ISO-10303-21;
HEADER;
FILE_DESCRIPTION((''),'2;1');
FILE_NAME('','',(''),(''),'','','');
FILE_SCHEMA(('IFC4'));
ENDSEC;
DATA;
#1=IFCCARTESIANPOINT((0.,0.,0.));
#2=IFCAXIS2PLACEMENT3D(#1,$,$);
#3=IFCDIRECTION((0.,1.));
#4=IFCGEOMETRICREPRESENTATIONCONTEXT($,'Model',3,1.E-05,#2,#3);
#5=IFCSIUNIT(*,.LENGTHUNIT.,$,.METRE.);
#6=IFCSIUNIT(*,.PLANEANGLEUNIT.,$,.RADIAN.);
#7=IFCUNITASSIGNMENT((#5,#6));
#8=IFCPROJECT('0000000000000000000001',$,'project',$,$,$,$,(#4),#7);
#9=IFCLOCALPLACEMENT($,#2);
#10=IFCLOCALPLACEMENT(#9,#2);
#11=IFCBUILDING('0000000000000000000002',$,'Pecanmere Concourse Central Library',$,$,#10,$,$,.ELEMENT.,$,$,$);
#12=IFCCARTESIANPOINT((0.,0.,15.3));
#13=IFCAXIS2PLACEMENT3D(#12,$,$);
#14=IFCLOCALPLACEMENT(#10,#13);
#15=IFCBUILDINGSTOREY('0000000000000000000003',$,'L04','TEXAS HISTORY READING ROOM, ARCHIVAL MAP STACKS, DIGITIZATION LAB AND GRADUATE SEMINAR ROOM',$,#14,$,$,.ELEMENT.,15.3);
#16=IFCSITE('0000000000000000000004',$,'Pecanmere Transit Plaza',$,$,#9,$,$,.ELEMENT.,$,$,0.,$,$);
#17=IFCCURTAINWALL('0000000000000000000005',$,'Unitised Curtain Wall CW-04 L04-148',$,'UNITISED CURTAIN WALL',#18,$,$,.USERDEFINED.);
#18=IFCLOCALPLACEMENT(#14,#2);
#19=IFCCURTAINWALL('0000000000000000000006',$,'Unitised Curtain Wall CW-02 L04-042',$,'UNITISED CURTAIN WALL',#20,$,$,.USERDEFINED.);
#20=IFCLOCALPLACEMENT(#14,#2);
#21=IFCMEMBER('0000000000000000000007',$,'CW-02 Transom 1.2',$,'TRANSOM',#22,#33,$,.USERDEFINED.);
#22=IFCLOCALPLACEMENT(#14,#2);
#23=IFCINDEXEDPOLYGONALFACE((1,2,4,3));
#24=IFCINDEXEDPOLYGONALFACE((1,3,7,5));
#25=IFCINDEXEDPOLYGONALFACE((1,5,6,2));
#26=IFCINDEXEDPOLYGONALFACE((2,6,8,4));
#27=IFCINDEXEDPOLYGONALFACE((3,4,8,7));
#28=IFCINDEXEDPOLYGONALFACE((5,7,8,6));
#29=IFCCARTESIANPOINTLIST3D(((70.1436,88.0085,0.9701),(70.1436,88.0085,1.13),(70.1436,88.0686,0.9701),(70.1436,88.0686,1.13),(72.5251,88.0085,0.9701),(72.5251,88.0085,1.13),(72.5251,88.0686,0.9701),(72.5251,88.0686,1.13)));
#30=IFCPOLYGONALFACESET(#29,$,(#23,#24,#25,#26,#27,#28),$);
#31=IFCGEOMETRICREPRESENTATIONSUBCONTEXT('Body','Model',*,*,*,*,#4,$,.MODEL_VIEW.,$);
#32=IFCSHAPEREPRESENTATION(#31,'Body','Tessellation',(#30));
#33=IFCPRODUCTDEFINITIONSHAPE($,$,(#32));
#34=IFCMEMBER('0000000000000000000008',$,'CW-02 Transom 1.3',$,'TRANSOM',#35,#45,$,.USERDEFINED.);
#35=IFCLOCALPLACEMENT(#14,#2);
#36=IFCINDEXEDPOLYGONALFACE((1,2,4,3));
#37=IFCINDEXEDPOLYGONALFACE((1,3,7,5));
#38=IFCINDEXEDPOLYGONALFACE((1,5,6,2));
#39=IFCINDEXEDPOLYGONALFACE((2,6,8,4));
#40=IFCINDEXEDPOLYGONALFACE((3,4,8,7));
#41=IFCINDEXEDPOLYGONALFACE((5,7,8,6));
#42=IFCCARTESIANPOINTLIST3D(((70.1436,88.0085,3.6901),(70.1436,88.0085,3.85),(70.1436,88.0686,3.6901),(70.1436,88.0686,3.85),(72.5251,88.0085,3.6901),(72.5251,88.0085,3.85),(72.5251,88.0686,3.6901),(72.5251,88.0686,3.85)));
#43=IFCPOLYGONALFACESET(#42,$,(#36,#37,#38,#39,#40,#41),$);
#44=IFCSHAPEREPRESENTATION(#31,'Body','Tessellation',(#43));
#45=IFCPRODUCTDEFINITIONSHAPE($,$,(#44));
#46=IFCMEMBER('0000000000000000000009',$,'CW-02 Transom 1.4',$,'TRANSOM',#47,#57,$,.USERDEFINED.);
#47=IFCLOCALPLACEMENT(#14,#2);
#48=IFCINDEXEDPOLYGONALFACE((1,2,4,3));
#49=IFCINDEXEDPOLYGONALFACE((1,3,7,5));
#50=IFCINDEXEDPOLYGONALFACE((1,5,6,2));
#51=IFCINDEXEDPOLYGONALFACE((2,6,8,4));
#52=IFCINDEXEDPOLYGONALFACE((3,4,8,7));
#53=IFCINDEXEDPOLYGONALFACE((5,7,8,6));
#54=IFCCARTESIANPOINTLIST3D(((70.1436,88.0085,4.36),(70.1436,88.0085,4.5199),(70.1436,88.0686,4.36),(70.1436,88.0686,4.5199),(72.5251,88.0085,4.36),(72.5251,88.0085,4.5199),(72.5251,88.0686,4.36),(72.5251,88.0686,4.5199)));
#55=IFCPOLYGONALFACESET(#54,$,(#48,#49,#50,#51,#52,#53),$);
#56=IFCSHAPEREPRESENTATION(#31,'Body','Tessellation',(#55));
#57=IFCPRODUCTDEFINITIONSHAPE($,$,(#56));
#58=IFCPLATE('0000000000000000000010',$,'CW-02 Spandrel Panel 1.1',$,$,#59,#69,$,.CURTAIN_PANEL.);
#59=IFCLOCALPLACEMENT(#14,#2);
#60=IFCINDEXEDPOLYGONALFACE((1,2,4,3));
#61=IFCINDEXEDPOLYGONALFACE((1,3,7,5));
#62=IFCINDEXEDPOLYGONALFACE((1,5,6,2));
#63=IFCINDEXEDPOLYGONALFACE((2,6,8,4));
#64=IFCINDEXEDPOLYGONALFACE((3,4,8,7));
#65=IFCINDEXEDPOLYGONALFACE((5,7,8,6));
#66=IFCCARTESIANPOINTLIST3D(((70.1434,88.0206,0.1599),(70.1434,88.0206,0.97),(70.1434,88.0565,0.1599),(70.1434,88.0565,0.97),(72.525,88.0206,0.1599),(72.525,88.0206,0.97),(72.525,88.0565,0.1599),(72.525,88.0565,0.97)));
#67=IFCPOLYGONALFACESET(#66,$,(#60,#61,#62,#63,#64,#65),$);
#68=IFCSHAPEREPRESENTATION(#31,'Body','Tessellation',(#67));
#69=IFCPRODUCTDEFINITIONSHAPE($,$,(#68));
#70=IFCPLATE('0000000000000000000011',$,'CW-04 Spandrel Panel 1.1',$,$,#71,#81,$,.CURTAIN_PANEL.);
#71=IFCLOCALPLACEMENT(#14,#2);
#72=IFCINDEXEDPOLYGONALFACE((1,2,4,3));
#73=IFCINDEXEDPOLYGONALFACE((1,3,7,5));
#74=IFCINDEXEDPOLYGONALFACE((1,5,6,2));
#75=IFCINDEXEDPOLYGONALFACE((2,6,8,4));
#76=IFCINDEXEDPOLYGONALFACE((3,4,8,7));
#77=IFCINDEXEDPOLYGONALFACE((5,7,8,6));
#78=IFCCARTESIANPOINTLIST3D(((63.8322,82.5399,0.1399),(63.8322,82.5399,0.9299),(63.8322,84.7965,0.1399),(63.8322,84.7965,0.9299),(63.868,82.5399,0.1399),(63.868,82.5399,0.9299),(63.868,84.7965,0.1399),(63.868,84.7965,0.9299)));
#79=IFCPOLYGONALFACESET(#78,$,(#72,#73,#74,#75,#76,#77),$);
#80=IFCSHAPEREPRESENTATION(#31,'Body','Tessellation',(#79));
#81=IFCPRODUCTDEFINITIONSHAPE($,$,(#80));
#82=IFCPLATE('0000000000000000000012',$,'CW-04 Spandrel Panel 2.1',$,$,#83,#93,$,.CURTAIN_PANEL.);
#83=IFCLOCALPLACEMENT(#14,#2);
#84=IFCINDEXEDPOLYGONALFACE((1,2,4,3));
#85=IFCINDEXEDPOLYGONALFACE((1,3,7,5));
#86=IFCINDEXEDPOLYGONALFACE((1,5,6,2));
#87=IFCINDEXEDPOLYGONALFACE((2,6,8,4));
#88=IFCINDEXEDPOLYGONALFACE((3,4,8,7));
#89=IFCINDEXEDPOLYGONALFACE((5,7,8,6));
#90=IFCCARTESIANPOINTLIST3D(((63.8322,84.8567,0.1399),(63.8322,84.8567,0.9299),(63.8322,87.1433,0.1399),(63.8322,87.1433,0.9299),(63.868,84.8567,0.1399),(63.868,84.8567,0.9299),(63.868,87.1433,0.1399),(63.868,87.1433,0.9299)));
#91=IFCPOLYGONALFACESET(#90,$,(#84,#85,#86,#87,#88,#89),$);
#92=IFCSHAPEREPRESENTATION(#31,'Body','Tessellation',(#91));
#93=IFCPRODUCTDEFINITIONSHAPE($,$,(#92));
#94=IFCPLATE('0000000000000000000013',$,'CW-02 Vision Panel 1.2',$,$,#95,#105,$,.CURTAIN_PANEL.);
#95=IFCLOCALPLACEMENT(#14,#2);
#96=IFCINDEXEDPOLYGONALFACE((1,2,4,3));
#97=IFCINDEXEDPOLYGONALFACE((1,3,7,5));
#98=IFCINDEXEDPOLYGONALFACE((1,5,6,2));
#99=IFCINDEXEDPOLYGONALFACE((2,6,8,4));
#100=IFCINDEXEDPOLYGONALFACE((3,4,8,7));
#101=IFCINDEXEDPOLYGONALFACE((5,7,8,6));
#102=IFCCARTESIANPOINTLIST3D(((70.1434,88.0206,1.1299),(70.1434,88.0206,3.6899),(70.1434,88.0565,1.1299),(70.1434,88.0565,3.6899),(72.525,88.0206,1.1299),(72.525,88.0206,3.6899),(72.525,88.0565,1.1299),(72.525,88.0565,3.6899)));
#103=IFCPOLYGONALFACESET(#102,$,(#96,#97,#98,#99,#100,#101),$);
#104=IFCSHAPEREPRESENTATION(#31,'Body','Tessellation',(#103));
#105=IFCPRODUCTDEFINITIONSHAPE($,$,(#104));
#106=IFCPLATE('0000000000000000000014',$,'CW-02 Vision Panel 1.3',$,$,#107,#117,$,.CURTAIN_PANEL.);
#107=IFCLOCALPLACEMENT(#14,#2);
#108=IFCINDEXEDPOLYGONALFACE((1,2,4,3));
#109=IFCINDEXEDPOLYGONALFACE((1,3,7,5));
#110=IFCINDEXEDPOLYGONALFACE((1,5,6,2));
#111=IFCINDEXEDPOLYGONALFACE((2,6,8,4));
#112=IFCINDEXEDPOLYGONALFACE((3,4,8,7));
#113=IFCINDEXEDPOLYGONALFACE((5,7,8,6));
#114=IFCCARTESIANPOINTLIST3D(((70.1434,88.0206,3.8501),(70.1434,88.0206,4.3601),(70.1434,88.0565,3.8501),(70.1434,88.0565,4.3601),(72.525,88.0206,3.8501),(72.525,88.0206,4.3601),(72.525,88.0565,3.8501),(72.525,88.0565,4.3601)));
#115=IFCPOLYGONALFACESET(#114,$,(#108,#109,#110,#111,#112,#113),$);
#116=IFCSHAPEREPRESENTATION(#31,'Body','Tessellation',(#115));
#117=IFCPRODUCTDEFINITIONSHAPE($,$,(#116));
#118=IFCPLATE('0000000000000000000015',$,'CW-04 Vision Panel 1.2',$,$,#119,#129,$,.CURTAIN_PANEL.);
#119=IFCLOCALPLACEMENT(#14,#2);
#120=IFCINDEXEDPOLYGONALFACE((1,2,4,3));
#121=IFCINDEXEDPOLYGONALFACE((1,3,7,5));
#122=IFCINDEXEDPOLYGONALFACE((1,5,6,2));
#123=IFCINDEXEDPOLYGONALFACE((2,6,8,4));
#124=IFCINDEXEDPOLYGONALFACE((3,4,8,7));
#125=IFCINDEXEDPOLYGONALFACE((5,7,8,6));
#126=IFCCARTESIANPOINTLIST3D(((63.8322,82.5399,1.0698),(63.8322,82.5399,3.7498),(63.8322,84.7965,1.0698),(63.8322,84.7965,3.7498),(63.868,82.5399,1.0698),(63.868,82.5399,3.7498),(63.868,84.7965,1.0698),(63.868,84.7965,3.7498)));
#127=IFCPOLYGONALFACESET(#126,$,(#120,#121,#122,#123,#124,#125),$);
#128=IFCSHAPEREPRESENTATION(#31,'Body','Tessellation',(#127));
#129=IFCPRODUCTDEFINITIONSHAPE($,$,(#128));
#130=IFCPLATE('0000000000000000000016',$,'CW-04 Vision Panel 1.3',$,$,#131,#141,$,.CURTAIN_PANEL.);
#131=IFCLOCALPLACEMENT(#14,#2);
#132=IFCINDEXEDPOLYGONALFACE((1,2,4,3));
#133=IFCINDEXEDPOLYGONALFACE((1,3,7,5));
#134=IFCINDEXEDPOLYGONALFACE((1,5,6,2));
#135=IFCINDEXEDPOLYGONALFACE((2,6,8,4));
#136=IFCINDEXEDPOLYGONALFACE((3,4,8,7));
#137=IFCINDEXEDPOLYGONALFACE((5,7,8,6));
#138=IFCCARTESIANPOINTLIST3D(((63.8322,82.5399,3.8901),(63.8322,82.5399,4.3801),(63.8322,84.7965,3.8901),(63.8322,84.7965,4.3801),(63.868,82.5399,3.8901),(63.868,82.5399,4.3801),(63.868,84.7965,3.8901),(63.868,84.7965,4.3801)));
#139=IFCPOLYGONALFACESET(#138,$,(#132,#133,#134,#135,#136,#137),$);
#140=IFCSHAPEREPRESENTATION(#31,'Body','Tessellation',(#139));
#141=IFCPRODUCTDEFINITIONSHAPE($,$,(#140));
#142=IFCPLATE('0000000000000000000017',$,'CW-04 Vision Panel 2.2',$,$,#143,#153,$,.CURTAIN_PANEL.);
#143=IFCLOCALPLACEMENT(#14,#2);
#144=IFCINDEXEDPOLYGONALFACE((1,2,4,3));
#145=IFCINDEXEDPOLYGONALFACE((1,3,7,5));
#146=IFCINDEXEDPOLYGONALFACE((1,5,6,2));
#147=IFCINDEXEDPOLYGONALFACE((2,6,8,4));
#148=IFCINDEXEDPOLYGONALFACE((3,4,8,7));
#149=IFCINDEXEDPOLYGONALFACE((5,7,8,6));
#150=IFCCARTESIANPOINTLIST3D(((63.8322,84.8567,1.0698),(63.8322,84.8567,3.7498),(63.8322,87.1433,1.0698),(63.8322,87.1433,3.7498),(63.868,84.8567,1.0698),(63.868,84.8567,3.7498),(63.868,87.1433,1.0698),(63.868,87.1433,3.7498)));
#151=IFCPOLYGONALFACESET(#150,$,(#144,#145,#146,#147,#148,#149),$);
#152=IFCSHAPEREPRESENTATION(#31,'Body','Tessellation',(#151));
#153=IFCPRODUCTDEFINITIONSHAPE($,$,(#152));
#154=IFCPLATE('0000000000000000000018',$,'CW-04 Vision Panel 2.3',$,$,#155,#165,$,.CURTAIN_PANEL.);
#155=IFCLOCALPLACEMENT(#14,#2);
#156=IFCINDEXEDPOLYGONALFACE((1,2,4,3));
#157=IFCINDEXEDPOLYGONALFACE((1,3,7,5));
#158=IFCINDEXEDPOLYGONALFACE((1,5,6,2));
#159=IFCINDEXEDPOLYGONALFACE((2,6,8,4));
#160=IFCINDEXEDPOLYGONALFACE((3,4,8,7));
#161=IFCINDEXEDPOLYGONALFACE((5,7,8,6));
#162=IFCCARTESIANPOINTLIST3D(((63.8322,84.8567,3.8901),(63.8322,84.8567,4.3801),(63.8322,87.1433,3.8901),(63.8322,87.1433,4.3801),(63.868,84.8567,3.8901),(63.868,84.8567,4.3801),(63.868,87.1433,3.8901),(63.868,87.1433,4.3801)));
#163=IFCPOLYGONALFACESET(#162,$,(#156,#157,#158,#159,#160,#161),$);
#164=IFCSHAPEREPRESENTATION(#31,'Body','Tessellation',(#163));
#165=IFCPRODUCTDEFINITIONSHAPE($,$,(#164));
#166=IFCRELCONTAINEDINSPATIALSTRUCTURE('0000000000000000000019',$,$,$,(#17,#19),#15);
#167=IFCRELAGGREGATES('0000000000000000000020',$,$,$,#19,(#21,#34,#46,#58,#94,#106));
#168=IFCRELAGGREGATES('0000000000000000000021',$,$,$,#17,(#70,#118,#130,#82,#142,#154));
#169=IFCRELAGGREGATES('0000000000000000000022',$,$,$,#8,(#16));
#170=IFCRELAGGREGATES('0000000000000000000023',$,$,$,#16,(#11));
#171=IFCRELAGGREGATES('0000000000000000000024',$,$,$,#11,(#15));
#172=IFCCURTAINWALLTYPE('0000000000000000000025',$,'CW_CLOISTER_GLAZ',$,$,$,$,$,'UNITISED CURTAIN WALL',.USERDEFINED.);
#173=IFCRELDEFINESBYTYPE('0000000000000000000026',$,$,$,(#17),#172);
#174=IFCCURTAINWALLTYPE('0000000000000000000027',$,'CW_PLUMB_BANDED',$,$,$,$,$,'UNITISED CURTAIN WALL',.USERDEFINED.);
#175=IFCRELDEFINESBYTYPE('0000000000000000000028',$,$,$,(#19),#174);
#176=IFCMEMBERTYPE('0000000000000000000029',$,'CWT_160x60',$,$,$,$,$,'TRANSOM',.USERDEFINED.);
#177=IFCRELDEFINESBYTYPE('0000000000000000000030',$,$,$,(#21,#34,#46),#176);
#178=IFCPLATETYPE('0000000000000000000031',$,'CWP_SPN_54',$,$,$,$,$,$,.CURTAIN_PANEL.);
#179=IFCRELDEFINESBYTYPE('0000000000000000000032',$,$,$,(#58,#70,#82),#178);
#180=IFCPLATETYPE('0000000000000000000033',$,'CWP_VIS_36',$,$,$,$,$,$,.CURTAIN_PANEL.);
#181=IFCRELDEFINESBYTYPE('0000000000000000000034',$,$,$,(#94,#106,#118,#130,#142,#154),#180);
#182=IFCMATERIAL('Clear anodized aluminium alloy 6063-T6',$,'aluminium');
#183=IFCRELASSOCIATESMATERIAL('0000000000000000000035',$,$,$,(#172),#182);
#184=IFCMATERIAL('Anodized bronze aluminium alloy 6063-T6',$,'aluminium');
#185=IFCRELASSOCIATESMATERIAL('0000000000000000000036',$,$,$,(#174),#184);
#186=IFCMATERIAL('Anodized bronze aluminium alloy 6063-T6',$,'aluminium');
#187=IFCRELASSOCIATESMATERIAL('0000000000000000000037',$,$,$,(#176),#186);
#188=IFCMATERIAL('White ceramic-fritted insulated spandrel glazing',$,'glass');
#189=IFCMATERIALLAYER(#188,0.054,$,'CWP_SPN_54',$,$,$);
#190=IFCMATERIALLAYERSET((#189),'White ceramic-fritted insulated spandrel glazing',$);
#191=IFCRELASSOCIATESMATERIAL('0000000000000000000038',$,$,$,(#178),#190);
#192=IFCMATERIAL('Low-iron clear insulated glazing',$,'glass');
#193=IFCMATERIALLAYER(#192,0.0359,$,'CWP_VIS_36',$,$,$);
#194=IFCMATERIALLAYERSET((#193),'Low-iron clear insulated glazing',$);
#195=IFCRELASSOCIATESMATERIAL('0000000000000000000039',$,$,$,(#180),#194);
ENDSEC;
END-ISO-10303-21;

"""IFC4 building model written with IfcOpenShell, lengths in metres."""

from ifc_helpers import new_model, si_unit, direction, frame, origin, origin_2d, place, context, subcontext, project, spatial, rectangle, extrude, material, layer, layer_set, material_profile, profile_set, type_object, element, aggregate, save


model = new_model("IFC4")

# Units and contexts
model_context = context("Model", 3, precision=1e-05, world=origin(), true_north=direction((0.0, 1.0)))
body_context = subcontext(model_context, "Body", "Model", "MODEL_VIEW")
ifc_project = project(units=[si_unit("LENGTHUNIT", "METRE"), si_unit("PLANEANGLEUNIT", "RADIAN")], contexts=[model_context])

# Site, building, storey
site_placement = place(None, origin())
site = spatial("IfcSite", under=ifc_project, at=site_placement, Name="Pecanmere Transit Plaza", CompositionType="ELEMENT", RefElevation=0.0)
building_placement = place(site_placement, origin())
building = spatial("IfcBuilding", under=site, at=building_placement, Name="Pecanmere Concourse Central Library", CompositionType="ELEMENT")
storey_placement = place(building_placement, frame((0.0, 0.0, 15.3)))
storey = spatial("IfcBuildingStorey", under=building, at=storey_placement, Name="L04", Description="TEXAS HISTORY READING ROOM, ARCHIVAL MAP STACKS, DIGITIZATION LAB AND GRADUATE SEMINAR ROOM", CompositionType="ELEMENT", Elevation=15.3)

# Curtain wall
ifc_material_1 = material(Name="Clear anodized aluminium alloy 6063-T6", Category="aluminium")
curtain_wall_type_1 = type_object("IfcCurtainWallType", Name="CW_CLOISTER_GLAZ", ElementType="UNITISED CURTAIN WALL", PredefinedType="USERDEFINED", material=ifc_material_1)
curtain_wall_1_placement = place(storey_placement, origin())
curtain_wall_1 = element("IfcCurtainWall", 1, at=curtain_wall_1_placement, inside=storey, type_object=curtain_wall_type_1, Name="Unitised Curtain Wall CW-04 L04-148", ObjectType="UNITISED CURTAIN WALL", PredefinedType="USERDEFINED")

# Curtain wall
ifc_material_2 = material(Name="Anodized bronze aluminium alloy 6063-T6", Category="aluminium")
curtain_wall_type_2 = type_object("IfcCurtainWallType", Name="CW_PLUMB_BANDED", ElementType="UNITISED CURTAIN WALL", PredefinedType="USERDEFINED", material=ifc_material_2)
curtain_wall_2_placement = place(storey_placement, origin())
curtain_wall_2 = element("IfcCurtainWall", 2, at=curtain_wall_2_placement, inside=storey, type_object=curtain_wall_type_2, Name="Unitised Curtain Wall CW-02 L04-042", ObjectType="UNITISED CURTAIN WALL", PredefinedType="USERDEFINED")

# Members
ifc_material_3 = material(Name="Anodized bronze aluminium alloy 6063-T6", Category="aluminium")
ifc_material_profile_1 = material_profile(ifc_material_3, rectangle(XDim=0.0601, YDim=0.1599, at=origin_2d()), Name="AL 60x160")
ifc_profile_set_1 = profile_set([ifc_material_profile_1], Name="Anodized bronze aluminium alloy 6063-T6")
member_type_1 = type_object("IfcMemberType", Name="CWT_160x60", ElementType="TRANSOM", PredefinedType="USERDEFINED", material=ifc_profile_set_1)
member_1_placement = place(storey_placement, frame((70.1436, 88.0386, 1.05), z_axis=(1.0, 0.0, 0.0), x_axis=(0.0, 1.0, 0.0)))
member_1 = element("IfcMember", 3, at=member_1_placement, type_object=member_type_1, Name="CW-02 Transom 1.2", ObjectType="TRANSOM", PredefinedType="USERDEFINED", context=body_context, shape_type="SweptSolid", body=[
    extrude(rectangle(XDim=0.0601, YDim=0.1599, at=origin_2d()), origin(), (0.0, 0.0, 1.0), 2.3816),
])
member_2_placement = place(storey_placement, frame((70.1436, 88.0386, 3.77), z_axis=(1.0, 0.0, 0.0), x_axis=(0.0, 1.0, 0.0)))
member_2 = element("IfcMember", 4, at=member_2_placement, type_object=member_type_1, Name="CW-02 Transom 1.3", ObjectType="TRANSOM", PredefinedType="USERDEFINED", context=body_context, shape_type="SweptSolid", body=[
    extrude(rectangle(XDim=0.0601, YDim=0.1599, at=origin_2d()), origin(), (0.0, 0.0, 1.0), 2.3816),
])
member_3_placement = place(storey_placement, frame((70.1436, 88.0386, 4.4399), z_axis=(1.0, 0.0, 0.0), x_axis=(0.0, 1.0, 0.0)))
member_3 = element("IfcMember", 5, at=member_3_placement, type_object=member_type_1, Name="CW-02 Transom 1.4", ObjectType="TRANSOM", PredefinedType="USERDEFINED", context=body_context, shape_type="SweptSolid", body=[
    extrude(rectangle(XDim=0.0601, YDim=0.1599, at=origin_2d()), origin(), (0.0, 0.0, 1.0), 2.3816),
])

# Plates
ifc_material_4 = material(Name="White ceramic-fritted insulated spandrel glazing", Category="glass")
ifc_layer_1 = layer(ifc_material_4, 0.054, Name="CWP_SPN_54")
ifc_layer_set_1 = layer_set([ifc_layer_1], Name="White ceramic-fritted insulated spandrel glazing")
plate_type_1 = type_object("IfcPlateType", Name="CWP_SPN_54", PredefinedType="CURTAIN_PANEL", material=ifc_layer_set_1)
plate_1_placement = place(storey_placement, frame((71.3342, 88.0386, 0.1599), z_axis=(0.0, 0.0, 1.0), x_axis=(1.0, 0.0, 0.0)))
plate_1 = element("IfcPlate", 6, at=plate_1_placement, type_object=plate_type_1, Name="CW-02 Spandrel Panel 1.1", PredefinedType="CURTAIN_PANEL", context=body_context, shape_type="SweptSolid", body=[
    extrude(rectangle(XDim=2.3816, YDim=0.0359, at=origin_2d()), origin(), (0.0, 0.0, 1.0), 0.8101),
])
plate_2_placement = place(storey_placement, frame((63.8501, 83.6682, 0.1399), z_axis=(0.0, 0.0, 1.0), x_axis=(0.0, 1.0, 0.0)))
plate_2 = element("IfcPlate", 7, at=plate_2_placement, type_object=plate_type_1, Name="CW-04 Spandrel Panel 1.1", PredefinedType="CURTAIN_PANEL", context=body_context, shape_type="SweptSolid", body=[
    extrude(rectangle(XDim=2.2566, YDim=0.0359, at=origin_2d()), origin(), (0.0, 0.0, 1.0), 0.79),
])
plate_3_placement = place(storey_placement, frame((63.8501, 86.0, 0.1399), z_axis=(0.0, 0.0, 1.0), x_axis=(0.0, 1.0, 0.0)))
plate_3 = element("IfcPlate", 8, at=plate_3_placement, type_object=plate_type_1, Name="CW-04 Spandrel Panel 2.1", PredefinedType="CURTAIN_PANEL", context=body_context, shape_type="SweptSolid", body=[
    extrude(rectangle(XDim=2.2866, YDim=0.0359, at=origin_2d()), origin(), (0.0, 0.0, 1.0), 0.79),
])
ifc_material_5 = material(Name="Low-iron clear insulated glazing", Category="glass")
ifc_layer_2 = layer(ifc_material_5, 0.0359, Name="CWP_VIS_36")
ifc_layer_set_2 = layer_set([ifc_layer_2], Name="Low-iron clear insulated glazing")
plate_type_2 = type_object("IfcPlateType", Name="CWP_VIS_36", PredefinedType="CURTAIN_PANEL", material=ifc_layer_set_2)
plate_4_placement = place(storey_placement, frame((71.3342, 88.0386, 1.1299), z_axis=(0.0, 0.0, 1.0), x_axis=(1.0, 0.0, 0.0)))
plate_4 = element("IfcPlate", 9, at=plate_4_placement, type_object=plate_type_2, Name="CW-02 Vision Panel 1.2", PredefinedType="CURTAIN_PANEL", context=body_context, shape_type="SweptSolid", body=[
    extrude(rectangle(XDim=2.3816, YDim=0.0359, at=origin_2d()), origin(), (0.0, 0.0, 1.0), 2.5601),
])
plate_5_placement = place(storey_placement, frame((71.3342, 88.0386, 3.8501), z_axis=(0.0, 0.0, 1.0), x_axis=(1.0, 0.0, 0.0)))
plate_5 = element("IfcPlate", 10, at=plate_5_placement, type_object=plate_type_2, Name="CW-02 Vision Panel 1.3", PredefinedType="CURTAIN_PANEL", context=body_context, shape_type="SweptSolid", body=[
    extrude(rectangle(XDim=2.3816, YDim=0.0359, at=origin_2d()), origin(), (0.0, 0.0, 1.0), 0.51),
])
aggregate(curtain_wall_2, [member_1, member_2, member_3, plate_1, plate_4, plate_5])
plate_6_placement = place(storey_placement, frame((63.8501, 83.6682, 1.0698), z_axis=(0.0, 0.0, 1.0), x_axis=(0.0, 1.0, 0.0)))
plate_6 = element("IfcPlate", 11, at=plate_6_placement, type_object=plate_type_2, Name="CW-04 Vision Panel 1.2", PredefinedType="CURTAIN_PANEL", context=body_context, shape_type="SweptSolid", body=[
    extrude(rectangle(XDim=2.2566, YDim=0.0359, at=origin_2d()), origin(), (0.0, 0.0, 1.0), 2.6799),
])
plate_7_placement = place(storey_placement, frame((63.8501, 83.6682, 3.8901), z_axis=(0.0, 0.0, 1.0), x_axis=(0.0, 1.0, 0.0)))
plate_7 = element("IfcPlate", 12, at=plate_7_placement, type_object=plate_type_2, Name="CW-04 Vision Panel 1.3", PredefinedType="CURTAIN_PANEL", context=body_context, shape_type="SweptSolid", body=[
    extrude(rectangle(XDim=2.2566, YDim=0.0359, at=origin_2d()), origin(), (0.0, 0.0, 1.0), 0.49),
])
plate_8_placement = place(storey_placement, frame((63.8501, 86.0, 1.0698), z_axis=(0.0, 0.0, 1.0), x_axis=(0.0, 1.0, 0.0)))
plate_8 = element("IfcPlate", 13, at=plate_8_placement, type_object=plate_type_2, Name="CW-04 Vision Panel 2.2", PredefinedType="CURTAIN_PANEL", context=body_context, shape_type="SweptSolid", body=[
    extrude(rectangle(XDim=2.2866, YDim=0.0359, at=origin_2d()), origin(), (0.0, 0.0, 1.0), 2.6799),
])
plate_9_placement = place(storey_placement, frame((63.8501, 86.0, 3.8901), z_axis=(0.0, 0.0, 1.0), x_axis=(0.0, 1.0, 0.0)))
plate_9 = element("IfcPlate", 14, at=plate_9_placement, type_object=plate_type_2, Name="CW-04 Vision Panel 2.3", PredefinedType="CURTAIN_PANEL", context=body_context, shape_type="SweptSolid", body=[
    extrude(rectangle(XDim=2.2866, YDim=0.0359, at=origin_2d()), origin(), (0.0, 0.0, 1.0), 0.49),
])
aggregate(curtain_wall_1, [plate_2, plate_6, plate_7, plate_3, plate_8, plate_9])

save(model, "model.ifc")
